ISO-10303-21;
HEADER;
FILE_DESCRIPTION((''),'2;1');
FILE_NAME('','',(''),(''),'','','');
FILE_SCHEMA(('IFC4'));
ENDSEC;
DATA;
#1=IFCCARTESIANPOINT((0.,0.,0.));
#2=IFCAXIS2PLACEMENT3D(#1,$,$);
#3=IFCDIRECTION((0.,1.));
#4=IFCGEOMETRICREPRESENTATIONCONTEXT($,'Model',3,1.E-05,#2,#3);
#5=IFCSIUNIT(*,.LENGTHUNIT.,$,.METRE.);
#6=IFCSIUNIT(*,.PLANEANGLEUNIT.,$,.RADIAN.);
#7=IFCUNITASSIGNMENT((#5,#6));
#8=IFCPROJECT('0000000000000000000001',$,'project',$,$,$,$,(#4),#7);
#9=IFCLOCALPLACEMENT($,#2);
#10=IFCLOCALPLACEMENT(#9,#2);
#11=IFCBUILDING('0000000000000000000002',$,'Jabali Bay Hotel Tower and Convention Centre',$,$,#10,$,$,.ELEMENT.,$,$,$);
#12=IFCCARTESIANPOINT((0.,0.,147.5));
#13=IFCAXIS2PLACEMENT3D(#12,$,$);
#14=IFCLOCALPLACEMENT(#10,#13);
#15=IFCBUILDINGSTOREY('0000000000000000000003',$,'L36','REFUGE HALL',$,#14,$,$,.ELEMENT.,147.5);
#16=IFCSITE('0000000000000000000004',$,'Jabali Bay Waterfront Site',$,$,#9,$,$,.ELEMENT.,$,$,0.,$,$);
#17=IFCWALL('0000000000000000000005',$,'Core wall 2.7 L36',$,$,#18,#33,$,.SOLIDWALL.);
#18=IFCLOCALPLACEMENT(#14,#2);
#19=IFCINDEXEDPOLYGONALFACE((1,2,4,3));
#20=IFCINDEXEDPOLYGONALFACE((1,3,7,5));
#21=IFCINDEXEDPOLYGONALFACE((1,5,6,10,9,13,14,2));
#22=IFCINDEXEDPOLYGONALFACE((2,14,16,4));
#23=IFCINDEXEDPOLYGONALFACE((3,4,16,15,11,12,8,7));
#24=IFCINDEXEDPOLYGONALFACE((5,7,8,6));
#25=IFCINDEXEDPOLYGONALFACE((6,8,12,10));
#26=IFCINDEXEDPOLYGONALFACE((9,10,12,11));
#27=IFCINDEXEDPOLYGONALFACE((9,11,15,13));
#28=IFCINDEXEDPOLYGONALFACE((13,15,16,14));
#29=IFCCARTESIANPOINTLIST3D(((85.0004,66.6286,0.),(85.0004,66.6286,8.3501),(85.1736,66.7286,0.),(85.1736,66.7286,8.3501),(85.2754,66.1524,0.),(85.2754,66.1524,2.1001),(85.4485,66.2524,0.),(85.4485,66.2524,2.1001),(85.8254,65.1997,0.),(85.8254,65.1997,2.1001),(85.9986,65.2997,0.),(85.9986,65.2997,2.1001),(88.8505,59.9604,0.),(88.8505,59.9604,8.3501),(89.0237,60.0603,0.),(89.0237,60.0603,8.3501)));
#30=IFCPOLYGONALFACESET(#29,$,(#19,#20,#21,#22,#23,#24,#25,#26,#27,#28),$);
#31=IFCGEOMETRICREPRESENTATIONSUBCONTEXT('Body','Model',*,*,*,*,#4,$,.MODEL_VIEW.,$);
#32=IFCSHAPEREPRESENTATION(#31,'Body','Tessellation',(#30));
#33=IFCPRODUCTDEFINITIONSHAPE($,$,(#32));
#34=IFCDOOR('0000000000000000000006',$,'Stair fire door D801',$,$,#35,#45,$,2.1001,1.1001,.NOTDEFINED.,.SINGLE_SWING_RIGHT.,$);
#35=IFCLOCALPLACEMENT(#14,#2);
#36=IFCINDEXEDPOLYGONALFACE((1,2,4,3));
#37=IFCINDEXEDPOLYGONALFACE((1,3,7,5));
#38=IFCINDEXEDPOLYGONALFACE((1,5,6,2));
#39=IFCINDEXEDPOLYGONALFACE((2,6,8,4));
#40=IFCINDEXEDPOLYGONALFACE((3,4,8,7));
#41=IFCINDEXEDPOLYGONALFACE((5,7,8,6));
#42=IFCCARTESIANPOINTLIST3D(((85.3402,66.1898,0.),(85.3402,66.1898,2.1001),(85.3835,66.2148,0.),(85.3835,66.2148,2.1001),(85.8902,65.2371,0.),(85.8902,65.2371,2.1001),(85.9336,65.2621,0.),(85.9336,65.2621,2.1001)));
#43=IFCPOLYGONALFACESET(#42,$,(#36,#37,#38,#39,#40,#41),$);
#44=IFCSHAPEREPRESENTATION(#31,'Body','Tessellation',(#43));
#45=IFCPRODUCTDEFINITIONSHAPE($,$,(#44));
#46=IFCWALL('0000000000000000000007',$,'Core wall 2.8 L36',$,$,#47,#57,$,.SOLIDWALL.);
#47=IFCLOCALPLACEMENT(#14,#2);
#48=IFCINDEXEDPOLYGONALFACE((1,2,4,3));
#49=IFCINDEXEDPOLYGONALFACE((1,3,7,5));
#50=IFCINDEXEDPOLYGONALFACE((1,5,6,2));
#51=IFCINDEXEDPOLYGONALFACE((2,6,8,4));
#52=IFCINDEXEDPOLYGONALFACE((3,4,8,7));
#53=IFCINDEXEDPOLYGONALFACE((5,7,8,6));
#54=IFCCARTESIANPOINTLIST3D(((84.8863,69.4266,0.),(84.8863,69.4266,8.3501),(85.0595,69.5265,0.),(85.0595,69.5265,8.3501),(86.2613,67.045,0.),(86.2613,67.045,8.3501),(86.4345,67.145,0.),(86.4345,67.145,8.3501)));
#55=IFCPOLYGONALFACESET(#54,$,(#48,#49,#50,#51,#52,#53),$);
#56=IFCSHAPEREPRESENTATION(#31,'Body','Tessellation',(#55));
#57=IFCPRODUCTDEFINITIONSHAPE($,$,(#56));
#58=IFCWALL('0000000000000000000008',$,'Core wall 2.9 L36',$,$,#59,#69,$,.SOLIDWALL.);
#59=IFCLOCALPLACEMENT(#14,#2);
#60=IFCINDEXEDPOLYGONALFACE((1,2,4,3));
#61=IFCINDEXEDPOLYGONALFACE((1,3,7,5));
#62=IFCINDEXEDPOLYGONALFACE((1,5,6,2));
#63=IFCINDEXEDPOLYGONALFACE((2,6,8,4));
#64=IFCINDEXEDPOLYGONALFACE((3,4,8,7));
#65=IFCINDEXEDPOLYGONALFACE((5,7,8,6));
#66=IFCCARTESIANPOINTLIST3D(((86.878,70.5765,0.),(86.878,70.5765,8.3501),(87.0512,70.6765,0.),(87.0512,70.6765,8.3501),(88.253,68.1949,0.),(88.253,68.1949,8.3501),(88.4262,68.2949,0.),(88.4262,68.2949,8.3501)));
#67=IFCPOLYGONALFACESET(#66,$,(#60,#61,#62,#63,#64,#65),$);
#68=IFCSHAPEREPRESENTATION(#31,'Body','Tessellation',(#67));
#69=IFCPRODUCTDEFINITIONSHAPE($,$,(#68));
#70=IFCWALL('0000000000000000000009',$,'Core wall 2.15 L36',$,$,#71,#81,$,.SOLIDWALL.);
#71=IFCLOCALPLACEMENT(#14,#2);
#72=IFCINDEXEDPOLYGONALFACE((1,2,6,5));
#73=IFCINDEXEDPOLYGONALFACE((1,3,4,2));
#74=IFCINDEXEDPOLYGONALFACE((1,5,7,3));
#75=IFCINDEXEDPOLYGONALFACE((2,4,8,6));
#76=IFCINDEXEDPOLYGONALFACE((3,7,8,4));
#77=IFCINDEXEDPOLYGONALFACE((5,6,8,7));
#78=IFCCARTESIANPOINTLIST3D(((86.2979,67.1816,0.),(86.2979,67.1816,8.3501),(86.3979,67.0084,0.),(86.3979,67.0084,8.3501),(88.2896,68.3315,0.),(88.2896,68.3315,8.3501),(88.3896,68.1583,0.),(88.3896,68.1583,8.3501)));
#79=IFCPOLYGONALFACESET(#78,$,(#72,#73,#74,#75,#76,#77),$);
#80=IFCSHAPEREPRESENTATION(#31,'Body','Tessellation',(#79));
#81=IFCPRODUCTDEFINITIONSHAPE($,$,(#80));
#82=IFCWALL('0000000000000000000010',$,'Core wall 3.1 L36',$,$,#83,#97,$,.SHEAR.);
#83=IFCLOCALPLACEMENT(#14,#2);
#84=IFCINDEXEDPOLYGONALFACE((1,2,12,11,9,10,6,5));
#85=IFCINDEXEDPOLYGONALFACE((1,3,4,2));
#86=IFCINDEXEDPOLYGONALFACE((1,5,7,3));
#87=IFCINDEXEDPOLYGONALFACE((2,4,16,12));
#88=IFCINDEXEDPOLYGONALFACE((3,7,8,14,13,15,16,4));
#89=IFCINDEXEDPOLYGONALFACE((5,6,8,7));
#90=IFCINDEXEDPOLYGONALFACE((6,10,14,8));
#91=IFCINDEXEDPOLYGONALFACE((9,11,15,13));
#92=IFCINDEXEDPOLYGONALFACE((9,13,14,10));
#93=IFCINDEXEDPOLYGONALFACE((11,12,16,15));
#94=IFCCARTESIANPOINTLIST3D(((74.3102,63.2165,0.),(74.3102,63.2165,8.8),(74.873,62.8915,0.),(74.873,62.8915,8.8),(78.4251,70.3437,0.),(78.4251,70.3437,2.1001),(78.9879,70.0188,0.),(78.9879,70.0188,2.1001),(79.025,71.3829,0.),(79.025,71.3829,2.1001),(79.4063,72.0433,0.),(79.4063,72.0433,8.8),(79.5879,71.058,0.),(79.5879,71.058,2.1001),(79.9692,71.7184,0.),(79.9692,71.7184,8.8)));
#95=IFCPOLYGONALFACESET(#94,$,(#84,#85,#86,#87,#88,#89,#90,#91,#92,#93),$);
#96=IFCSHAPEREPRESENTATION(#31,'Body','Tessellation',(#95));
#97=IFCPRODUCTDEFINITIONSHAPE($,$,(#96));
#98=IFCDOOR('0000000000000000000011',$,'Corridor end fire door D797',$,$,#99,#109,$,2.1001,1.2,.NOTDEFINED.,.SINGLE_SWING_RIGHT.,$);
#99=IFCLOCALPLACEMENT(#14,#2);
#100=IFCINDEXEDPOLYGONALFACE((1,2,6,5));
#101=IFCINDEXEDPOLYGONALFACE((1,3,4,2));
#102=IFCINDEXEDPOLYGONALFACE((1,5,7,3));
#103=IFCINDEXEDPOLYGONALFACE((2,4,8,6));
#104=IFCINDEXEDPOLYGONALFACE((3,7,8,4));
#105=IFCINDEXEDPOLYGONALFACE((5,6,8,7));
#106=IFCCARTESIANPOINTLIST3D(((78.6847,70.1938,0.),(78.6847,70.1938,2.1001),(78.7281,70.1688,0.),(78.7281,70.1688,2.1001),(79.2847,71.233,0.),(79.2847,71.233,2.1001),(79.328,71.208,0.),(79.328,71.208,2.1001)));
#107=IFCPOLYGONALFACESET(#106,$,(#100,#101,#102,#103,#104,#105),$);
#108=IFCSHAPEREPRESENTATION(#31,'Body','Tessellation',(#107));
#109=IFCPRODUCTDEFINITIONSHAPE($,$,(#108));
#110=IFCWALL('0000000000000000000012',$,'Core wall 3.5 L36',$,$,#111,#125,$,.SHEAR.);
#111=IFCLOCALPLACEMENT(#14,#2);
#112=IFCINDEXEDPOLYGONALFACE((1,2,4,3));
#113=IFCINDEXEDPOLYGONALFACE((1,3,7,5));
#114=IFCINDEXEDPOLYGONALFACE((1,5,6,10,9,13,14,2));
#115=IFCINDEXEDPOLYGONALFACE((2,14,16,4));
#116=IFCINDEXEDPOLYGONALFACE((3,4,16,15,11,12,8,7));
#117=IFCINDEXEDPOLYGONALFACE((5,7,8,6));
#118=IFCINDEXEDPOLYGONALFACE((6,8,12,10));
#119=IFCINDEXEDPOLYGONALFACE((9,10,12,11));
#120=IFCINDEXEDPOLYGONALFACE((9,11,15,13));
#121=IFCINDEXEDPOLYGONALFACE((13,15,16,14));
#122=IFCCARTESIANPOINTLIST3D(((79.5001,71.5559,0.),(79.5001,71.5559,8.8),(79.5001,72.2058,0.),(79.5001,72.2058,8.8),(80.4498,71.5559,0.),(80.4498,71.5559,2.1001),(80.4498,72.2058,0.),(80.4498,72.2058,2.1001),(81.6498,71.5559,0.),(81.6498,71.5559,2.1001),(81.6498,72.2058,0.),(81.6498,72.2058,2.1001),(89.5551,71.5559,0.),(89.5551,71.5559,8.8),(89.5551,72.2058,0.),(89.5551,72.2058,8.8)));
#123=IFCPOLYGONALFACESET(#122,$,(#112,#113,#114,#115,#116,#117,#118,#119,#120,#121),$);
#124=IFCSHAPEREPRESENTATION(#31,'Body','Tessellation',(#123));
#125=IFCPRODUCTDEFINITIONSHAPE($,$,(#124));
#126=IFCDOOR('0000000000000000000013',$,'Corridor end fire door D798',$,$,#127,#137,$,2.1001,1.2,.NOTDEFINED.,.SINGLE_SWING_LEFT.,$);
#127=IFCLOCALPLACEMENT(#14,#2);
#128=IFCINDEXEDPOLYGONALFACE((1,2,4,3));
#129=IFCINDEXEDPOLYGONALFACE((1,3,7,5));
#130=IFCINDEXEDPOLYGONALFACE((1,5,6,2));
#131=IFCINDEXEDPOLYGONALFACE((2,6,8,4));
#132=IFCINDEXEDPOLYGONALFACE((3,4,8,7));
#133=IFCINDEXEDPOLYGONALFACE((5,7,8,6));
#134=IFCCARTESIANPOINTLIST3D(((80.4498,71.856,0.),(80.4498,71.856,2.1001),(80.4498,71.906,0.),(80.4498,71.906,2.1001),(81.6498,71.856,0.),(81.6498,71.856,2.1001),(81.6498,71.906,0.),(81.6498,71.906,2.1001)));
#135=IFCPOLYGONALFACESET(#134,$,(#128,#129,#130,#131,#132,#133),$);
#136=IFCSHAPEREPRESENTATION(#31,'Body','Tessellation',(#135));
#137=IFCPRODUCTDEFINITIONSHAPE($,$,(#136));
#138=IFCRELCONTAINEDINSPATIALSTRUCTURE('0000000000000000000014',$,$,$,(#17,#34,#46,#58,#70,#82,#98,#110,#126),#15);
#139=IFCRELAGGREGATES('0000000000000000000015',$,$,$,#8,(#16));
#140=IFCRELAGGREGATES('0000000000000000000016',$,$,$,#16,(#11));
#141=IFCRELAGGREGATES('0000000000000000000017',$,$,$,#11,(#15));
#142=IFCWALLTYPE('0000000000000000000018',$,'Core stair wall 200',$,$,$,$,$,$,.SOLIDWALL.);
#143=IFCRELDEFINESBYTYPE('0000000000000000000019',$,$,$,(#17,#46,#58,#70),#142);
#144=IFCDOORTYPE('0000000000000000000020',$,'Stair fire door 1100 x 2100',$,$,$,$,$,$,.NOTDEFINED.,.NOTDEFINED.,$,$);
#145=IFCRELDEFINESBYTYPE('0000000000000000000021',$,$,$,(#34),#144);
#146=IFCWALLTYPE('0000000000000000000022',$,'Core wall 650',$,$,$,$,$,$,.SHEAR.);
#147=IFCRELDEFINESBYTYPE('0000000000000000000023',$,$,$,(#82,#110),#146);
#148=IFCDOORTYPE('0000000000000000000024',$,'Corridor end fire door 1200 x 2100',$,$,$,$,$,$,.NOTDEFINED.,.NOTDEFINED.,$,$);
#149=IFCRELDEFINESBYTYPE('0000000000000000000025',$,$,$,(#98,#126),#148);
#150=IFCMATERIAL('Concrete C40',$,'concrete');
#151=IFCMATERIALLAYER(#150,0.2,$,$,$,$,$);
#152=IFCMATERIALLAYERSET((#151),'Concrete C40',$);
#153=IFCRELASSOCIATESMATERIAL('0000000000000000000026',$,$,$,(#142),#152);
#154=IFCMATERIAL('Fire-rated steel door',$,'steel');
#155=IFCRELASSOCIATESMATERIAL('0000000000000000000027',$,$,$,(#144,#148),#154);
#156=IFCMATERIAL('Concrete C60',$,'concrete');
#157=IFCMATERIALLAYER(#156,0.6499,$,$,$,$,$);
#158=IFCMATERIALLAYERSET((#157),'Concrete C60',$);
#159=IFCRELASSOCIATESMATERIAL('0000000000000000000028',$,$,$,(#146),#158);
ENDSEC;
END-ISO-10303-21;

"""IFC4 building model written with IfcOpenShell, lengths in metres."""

from ifc_helpers import new_model, si_unit, direction, frame, frame_2d, origin, place, context, subcontext, project, spatial, rectangle, extrude, material, layer, layer_set, type_object, element, fill, save


model = new_model("IFC4")

# Units and contexts
model_context = context("Model", 3, precision=1e-05, world=origin(), true_north=direction((0.0, 1.0)))
body_context = subcontext(model_context, "Body", "Model", "MODEL_VIEW")
ifc_project = project(units=[si_unit("LENGTHUNIT", "METRE"), si_unit("PLANEANGLEUNIT", "RADIAN")], contexts=[model_context])

# Site, building, storey
site_placement = place(None, origin())
site = spatial("IfcSite", under=ifc_project, at=site_placement, Name="Jabali Bay Waterfront Site", CompositionType="ELEMENT", RefElevation=0.0)
building_placement = place(site_placement, origin())
building = spatial("IfcBuilding", under=site, at=building_placement, Name="Jabali Bay Hotel Tower and Convention Centre", CompositionType="ELEMENT")
storey_placement = place(building_placement, frame((0.0, 0.0, 147.5)))
storey = spatial("IfcBuildingStorey", under=building, at=storey_placement, Name="L36", Description="REFUGE HALL", CompositionType="ELEMENT", Elevation=147.5)

# Shared definitions
ifc_material_1 = material(Name="Concrete C60", Category="concrete")

# Shared definitions
ifc_material_2 = material(Name="Concrete C40", Category="concrete")
ifc_material_3 = material(Name="Fire-rated steel door", Category="steel")

# Shared definitions
ifc_layer_1 = layer(ifc_material_2, 0.2)
ifc_layer_set_1 = layer_set([ifc_layer_1], Name="Concrete C40")
wall_type_1 = type_object("IfcWallType", Name="Core stair wall 200", PredefinedType="SOLIDWALL", material=ifc_layer_set_1)

# Wall, opening, door
wall_1_placement = place(storey_placement, frame((85.0869, 66.6787, 0.0), z_axis=(0.0, 0.0, 1.0), x_axis=(0.50002, -0.866014, 0.0)))
wall_1 = element("IfcWall", 1, at=wall_1_placement, inside=storey, type_object=wall_type_1, Name="Core wall 2.7 L36", PredefinedType="SOLIDWALL", context=body_context, shape_type="SweptSolid", body=[
    extrude(rectangle(XDim=7.7, YDim=0.2, at=frame_2d((3.8501, 0.0))), origin(), (0.0, 0.0, 1.0), 8.3501),
])
opening_1_placement = place(wall_1_placement, frame((0.55, 0.0, 0.0)))
opening_1 = element("IfcOpeningElement", 2, at=opening_1_placement, cuts=wall_1, PredefinedType="OPENING", context=body_context, shape_type="SweptSolid", body=[
    extrude(rectangle(XDim=1.1001, YDim=2.1001, at=frame_2d((0.55, 1.05))), frame((0.0, 0.1104, 0.0), z_axis=(0.0, -1.0, 0.0), x_axis=(1.0, 0.0, 0.0)), (0.0, 0.0, 1.0), 0.2209),
])
door_type_1 = type_object("IfcDoorType", Name="Stair fire door 1100 x 2100", OperationType="NOTDEFINED", PredefinedType="NOTDEFINED", material=ifc_material_3)
door_1_placement = place(opening_1_placement, origin())
door_1 = element("IfcDoor", 3, at=door_1_placement, inside=storey, type_object=door_type_1, Name="Stair fire door D801", OperationType="SINGLE_SWING_RIGHT", OverallHeight=2.1001, OverallWidth=1.1001, PredefinedType="NOTDEFINED", context=body_context, shape_type="SweptSolid", body=[
    extrude(rectangle(XDim=1.1001, YDim=2.1001, at=frame_2d((0.55, 1.05))), frame((0.0, 0.0249, 0.0), z_axis=(0.0, -1.0, 0.0), x_axis=(1.0, 0.0, 0.0)), (0.0, 0.0, 1.0), 0.05),
])
fill(opening_1, door_1)

# Walls
for number, where, z_axis, x_axis, name in (
    (4, (84.9729, 69.4766, 0.0), (0.0, 0.0, 1.0), (0.499997, -0.866027, 0.0), "Core wall 2.8 L36"),
    (5, (86.9646, 70.6265, 0.0), (0.0, 0.0, 1.0), (0.499997, -0.866027, 0.0), "Core wall 2.9 L36"),
):
    element("IfcWall", number, at=place(storey_placement, frame(where, z_axis=z_axis, x_axis=x_axis)), inside=storey, type_object=wall_type_1, Name=name, PredefinedType="SOLIDWALL", context=body_context, shape_type="SweptSolid", body=[
        extrude(rectangle(XDim=2.75, YDim=0.2, at=frame_2d((1.375, 0.0))), origin(), (0.0, 0.0, 1.0), 8.3501),
    ])
wall_2_placement = place(storey_placement, frame((86.3479, 67.095, 0.0), z_axis=(0.0, 0.0, 1.0), x_axis=(0.866026, 0.499998, 0.0)))
element("IfcWall", 6, at=wall_2_placement, inside=storey, type_object=wall_type_1, Name="Core wall 2.15 L36", PredefinedType="SOLIDWALL", context=body_context, shape_type="SweptSolid", body=[
    extrude(rectangle(XDim=2.2998, YDim=0.2, at=frame_2d((1.1499, 0.0))), origin(), (0.0, 0.0, 1.0), 8.3501),
])

# Walls, openings, doors
ifc_layer_2 = layer(ifc_material_1, 0.6499)
ifc_layer_set_2 = layer_set([ifc_layer_2], Name="Concrete C60")
wall_type_2 = type_object("IfcWallType", Name="Core wall 650", PredefinedType="SHEAR", material=ifc_layer_set_2)
wall_3_placement = place(storey_placement, frame((79.6877, 71.8809, 0.0), z_axis=(0.0, 0.0, 1.0), x_axis=(-0.499998, -0.866026, 0.0)))
wall_3 = element("IfcWall", 7, at=wall_3_placement, inside=storey, type_object=wall_type_2, Name="Core wall 3.1 L36", PredefinedType="SHEAR", context=body_context, shape_type="SweptSolid", body=[
    extrude(rectangle(XDim=10.1924, YDim=0.6499, at=frame_2d((5.0962, 0.0))), origin(), (0.0, 0.0, 1.0), 8.8),
])
opening_2_placement = place(wall_3_placement, frame((0.7625, 0.0, 0.0)))
opening_2 = element("IfcOpeningElement", 8, at=opening_2_placement, cuts=wall_3, PredefinedType="OPENING", context=body_context, shape_type="SweptSolid", body=[
    extrude(rectangle(XDim=1.2, YDim=2.1001, at=frame_2d((0.6001, 1.05))), frame((0.0, 0.3354, 0.0), z_axis=(0.0, -1.0, 0.0), x_axis=(1.0, 0.0, 0.0)), (0.0, 0.0, 1.0), 0.6709),
])
door_type_2 = type_object("IfcDoorType", Name="Corridor end fire door 1200 x 2100", OperationType="NOTDEFINED", PredefinedType="NOTDEFINED", material=ifc_material_3)
door_2_placement = place(opening_2_placement, origin())
door_2 = element("IfcDoor", 9, at=door_2_placement, inside=storey, type_object=door_type_2, Name="Corridor end fire door D797", OperationType="SINGLE_SWING_RIGHT", OverallHeight=2.1001, OverallWidth=1.2, PredefinedType="NOTDEFINED", context=body_context, shape_type="SweptSolid", body=[
    extrude(rectangle(XDim=1.2, YDim=2.1001, at=frame_2d((0.6001, 1.05))), frame((0.0, 0.0249, 0.0), z_axis=(0.0, -1.0, 0.0), x_axis=(1.0, 0.0, 0.0)), (0.0, 0.0, 1.0), 0.05),
])
fill(opening_2, door_2)
wall_4_placement = place(storey_placement, frame((89.5549, 71.8809, 0.0), z_axis=(0.0, 0.0, 1.0), x_axis=(-1.0, 0.0, 0.0)))
wall_4 = element("IfcWall", 10, at=wall_4_placement, inside=storey, type_object=wall_type_2, Name="Core wall 3.5 L36", PredefinedType="SHEAR", context=body_context, shape_type="SweptSolid", body=[
    extrude(rectangle(XDim=10.0549, YDim=0.6499, at=frame_2d((5.0273, 0.0))), origin(), (0.0, 0.0, 1.0), 8.8),
])
opening_3_placement = place(wall_4_placement, frame((7.905, 0.0, 0.0)))
opening_3 = element("IfcOpeningElement", 11, at=opening_3_placement, cuts=wall_4, PredefinedType="OPENING", context=body_context, shape_type="SweptSolid", body=[
    extrude(rectangle(XDim=1.2, YDim=2.1001, at=frame_2d((0.6001, 1.05))), frame((0.0, 0.3354, 0.0), z_axis=(0.0, -1.0, 0.0), x_axis=(1.0, 0.0, 0.0)), (0.0, 0.0, 1.0), 0.6709),
])
door_3_placement = place(opening_3_placement, origin())
door_3 = element("IfcDoor", 12, at=door_3_placement, inside=storey, type_object=door_type_2, Name="Corridor end fire door D798", OperationType="SINGLE_SWING_LEFT", OverallHeight=2.1001, OverallWidth=1.2, PredefinedType="NOTDEFINED", context=body_context, shape_type="SweptSolid", body=[
    extrude(rectangle(XDim=1.2, YDim=2.1001, at=frame_2d((0.6001, 1.05))), frame((0.0, 0.0249, 0.0), z_axis=(0.0, -1.0, 0.0), x_axis=(1.0, 0.0, 0.0)), (0.0, 0.0, 1.0), 0.05),
])
fill(opening_3, door_3)

save(model, "model.ifc")
